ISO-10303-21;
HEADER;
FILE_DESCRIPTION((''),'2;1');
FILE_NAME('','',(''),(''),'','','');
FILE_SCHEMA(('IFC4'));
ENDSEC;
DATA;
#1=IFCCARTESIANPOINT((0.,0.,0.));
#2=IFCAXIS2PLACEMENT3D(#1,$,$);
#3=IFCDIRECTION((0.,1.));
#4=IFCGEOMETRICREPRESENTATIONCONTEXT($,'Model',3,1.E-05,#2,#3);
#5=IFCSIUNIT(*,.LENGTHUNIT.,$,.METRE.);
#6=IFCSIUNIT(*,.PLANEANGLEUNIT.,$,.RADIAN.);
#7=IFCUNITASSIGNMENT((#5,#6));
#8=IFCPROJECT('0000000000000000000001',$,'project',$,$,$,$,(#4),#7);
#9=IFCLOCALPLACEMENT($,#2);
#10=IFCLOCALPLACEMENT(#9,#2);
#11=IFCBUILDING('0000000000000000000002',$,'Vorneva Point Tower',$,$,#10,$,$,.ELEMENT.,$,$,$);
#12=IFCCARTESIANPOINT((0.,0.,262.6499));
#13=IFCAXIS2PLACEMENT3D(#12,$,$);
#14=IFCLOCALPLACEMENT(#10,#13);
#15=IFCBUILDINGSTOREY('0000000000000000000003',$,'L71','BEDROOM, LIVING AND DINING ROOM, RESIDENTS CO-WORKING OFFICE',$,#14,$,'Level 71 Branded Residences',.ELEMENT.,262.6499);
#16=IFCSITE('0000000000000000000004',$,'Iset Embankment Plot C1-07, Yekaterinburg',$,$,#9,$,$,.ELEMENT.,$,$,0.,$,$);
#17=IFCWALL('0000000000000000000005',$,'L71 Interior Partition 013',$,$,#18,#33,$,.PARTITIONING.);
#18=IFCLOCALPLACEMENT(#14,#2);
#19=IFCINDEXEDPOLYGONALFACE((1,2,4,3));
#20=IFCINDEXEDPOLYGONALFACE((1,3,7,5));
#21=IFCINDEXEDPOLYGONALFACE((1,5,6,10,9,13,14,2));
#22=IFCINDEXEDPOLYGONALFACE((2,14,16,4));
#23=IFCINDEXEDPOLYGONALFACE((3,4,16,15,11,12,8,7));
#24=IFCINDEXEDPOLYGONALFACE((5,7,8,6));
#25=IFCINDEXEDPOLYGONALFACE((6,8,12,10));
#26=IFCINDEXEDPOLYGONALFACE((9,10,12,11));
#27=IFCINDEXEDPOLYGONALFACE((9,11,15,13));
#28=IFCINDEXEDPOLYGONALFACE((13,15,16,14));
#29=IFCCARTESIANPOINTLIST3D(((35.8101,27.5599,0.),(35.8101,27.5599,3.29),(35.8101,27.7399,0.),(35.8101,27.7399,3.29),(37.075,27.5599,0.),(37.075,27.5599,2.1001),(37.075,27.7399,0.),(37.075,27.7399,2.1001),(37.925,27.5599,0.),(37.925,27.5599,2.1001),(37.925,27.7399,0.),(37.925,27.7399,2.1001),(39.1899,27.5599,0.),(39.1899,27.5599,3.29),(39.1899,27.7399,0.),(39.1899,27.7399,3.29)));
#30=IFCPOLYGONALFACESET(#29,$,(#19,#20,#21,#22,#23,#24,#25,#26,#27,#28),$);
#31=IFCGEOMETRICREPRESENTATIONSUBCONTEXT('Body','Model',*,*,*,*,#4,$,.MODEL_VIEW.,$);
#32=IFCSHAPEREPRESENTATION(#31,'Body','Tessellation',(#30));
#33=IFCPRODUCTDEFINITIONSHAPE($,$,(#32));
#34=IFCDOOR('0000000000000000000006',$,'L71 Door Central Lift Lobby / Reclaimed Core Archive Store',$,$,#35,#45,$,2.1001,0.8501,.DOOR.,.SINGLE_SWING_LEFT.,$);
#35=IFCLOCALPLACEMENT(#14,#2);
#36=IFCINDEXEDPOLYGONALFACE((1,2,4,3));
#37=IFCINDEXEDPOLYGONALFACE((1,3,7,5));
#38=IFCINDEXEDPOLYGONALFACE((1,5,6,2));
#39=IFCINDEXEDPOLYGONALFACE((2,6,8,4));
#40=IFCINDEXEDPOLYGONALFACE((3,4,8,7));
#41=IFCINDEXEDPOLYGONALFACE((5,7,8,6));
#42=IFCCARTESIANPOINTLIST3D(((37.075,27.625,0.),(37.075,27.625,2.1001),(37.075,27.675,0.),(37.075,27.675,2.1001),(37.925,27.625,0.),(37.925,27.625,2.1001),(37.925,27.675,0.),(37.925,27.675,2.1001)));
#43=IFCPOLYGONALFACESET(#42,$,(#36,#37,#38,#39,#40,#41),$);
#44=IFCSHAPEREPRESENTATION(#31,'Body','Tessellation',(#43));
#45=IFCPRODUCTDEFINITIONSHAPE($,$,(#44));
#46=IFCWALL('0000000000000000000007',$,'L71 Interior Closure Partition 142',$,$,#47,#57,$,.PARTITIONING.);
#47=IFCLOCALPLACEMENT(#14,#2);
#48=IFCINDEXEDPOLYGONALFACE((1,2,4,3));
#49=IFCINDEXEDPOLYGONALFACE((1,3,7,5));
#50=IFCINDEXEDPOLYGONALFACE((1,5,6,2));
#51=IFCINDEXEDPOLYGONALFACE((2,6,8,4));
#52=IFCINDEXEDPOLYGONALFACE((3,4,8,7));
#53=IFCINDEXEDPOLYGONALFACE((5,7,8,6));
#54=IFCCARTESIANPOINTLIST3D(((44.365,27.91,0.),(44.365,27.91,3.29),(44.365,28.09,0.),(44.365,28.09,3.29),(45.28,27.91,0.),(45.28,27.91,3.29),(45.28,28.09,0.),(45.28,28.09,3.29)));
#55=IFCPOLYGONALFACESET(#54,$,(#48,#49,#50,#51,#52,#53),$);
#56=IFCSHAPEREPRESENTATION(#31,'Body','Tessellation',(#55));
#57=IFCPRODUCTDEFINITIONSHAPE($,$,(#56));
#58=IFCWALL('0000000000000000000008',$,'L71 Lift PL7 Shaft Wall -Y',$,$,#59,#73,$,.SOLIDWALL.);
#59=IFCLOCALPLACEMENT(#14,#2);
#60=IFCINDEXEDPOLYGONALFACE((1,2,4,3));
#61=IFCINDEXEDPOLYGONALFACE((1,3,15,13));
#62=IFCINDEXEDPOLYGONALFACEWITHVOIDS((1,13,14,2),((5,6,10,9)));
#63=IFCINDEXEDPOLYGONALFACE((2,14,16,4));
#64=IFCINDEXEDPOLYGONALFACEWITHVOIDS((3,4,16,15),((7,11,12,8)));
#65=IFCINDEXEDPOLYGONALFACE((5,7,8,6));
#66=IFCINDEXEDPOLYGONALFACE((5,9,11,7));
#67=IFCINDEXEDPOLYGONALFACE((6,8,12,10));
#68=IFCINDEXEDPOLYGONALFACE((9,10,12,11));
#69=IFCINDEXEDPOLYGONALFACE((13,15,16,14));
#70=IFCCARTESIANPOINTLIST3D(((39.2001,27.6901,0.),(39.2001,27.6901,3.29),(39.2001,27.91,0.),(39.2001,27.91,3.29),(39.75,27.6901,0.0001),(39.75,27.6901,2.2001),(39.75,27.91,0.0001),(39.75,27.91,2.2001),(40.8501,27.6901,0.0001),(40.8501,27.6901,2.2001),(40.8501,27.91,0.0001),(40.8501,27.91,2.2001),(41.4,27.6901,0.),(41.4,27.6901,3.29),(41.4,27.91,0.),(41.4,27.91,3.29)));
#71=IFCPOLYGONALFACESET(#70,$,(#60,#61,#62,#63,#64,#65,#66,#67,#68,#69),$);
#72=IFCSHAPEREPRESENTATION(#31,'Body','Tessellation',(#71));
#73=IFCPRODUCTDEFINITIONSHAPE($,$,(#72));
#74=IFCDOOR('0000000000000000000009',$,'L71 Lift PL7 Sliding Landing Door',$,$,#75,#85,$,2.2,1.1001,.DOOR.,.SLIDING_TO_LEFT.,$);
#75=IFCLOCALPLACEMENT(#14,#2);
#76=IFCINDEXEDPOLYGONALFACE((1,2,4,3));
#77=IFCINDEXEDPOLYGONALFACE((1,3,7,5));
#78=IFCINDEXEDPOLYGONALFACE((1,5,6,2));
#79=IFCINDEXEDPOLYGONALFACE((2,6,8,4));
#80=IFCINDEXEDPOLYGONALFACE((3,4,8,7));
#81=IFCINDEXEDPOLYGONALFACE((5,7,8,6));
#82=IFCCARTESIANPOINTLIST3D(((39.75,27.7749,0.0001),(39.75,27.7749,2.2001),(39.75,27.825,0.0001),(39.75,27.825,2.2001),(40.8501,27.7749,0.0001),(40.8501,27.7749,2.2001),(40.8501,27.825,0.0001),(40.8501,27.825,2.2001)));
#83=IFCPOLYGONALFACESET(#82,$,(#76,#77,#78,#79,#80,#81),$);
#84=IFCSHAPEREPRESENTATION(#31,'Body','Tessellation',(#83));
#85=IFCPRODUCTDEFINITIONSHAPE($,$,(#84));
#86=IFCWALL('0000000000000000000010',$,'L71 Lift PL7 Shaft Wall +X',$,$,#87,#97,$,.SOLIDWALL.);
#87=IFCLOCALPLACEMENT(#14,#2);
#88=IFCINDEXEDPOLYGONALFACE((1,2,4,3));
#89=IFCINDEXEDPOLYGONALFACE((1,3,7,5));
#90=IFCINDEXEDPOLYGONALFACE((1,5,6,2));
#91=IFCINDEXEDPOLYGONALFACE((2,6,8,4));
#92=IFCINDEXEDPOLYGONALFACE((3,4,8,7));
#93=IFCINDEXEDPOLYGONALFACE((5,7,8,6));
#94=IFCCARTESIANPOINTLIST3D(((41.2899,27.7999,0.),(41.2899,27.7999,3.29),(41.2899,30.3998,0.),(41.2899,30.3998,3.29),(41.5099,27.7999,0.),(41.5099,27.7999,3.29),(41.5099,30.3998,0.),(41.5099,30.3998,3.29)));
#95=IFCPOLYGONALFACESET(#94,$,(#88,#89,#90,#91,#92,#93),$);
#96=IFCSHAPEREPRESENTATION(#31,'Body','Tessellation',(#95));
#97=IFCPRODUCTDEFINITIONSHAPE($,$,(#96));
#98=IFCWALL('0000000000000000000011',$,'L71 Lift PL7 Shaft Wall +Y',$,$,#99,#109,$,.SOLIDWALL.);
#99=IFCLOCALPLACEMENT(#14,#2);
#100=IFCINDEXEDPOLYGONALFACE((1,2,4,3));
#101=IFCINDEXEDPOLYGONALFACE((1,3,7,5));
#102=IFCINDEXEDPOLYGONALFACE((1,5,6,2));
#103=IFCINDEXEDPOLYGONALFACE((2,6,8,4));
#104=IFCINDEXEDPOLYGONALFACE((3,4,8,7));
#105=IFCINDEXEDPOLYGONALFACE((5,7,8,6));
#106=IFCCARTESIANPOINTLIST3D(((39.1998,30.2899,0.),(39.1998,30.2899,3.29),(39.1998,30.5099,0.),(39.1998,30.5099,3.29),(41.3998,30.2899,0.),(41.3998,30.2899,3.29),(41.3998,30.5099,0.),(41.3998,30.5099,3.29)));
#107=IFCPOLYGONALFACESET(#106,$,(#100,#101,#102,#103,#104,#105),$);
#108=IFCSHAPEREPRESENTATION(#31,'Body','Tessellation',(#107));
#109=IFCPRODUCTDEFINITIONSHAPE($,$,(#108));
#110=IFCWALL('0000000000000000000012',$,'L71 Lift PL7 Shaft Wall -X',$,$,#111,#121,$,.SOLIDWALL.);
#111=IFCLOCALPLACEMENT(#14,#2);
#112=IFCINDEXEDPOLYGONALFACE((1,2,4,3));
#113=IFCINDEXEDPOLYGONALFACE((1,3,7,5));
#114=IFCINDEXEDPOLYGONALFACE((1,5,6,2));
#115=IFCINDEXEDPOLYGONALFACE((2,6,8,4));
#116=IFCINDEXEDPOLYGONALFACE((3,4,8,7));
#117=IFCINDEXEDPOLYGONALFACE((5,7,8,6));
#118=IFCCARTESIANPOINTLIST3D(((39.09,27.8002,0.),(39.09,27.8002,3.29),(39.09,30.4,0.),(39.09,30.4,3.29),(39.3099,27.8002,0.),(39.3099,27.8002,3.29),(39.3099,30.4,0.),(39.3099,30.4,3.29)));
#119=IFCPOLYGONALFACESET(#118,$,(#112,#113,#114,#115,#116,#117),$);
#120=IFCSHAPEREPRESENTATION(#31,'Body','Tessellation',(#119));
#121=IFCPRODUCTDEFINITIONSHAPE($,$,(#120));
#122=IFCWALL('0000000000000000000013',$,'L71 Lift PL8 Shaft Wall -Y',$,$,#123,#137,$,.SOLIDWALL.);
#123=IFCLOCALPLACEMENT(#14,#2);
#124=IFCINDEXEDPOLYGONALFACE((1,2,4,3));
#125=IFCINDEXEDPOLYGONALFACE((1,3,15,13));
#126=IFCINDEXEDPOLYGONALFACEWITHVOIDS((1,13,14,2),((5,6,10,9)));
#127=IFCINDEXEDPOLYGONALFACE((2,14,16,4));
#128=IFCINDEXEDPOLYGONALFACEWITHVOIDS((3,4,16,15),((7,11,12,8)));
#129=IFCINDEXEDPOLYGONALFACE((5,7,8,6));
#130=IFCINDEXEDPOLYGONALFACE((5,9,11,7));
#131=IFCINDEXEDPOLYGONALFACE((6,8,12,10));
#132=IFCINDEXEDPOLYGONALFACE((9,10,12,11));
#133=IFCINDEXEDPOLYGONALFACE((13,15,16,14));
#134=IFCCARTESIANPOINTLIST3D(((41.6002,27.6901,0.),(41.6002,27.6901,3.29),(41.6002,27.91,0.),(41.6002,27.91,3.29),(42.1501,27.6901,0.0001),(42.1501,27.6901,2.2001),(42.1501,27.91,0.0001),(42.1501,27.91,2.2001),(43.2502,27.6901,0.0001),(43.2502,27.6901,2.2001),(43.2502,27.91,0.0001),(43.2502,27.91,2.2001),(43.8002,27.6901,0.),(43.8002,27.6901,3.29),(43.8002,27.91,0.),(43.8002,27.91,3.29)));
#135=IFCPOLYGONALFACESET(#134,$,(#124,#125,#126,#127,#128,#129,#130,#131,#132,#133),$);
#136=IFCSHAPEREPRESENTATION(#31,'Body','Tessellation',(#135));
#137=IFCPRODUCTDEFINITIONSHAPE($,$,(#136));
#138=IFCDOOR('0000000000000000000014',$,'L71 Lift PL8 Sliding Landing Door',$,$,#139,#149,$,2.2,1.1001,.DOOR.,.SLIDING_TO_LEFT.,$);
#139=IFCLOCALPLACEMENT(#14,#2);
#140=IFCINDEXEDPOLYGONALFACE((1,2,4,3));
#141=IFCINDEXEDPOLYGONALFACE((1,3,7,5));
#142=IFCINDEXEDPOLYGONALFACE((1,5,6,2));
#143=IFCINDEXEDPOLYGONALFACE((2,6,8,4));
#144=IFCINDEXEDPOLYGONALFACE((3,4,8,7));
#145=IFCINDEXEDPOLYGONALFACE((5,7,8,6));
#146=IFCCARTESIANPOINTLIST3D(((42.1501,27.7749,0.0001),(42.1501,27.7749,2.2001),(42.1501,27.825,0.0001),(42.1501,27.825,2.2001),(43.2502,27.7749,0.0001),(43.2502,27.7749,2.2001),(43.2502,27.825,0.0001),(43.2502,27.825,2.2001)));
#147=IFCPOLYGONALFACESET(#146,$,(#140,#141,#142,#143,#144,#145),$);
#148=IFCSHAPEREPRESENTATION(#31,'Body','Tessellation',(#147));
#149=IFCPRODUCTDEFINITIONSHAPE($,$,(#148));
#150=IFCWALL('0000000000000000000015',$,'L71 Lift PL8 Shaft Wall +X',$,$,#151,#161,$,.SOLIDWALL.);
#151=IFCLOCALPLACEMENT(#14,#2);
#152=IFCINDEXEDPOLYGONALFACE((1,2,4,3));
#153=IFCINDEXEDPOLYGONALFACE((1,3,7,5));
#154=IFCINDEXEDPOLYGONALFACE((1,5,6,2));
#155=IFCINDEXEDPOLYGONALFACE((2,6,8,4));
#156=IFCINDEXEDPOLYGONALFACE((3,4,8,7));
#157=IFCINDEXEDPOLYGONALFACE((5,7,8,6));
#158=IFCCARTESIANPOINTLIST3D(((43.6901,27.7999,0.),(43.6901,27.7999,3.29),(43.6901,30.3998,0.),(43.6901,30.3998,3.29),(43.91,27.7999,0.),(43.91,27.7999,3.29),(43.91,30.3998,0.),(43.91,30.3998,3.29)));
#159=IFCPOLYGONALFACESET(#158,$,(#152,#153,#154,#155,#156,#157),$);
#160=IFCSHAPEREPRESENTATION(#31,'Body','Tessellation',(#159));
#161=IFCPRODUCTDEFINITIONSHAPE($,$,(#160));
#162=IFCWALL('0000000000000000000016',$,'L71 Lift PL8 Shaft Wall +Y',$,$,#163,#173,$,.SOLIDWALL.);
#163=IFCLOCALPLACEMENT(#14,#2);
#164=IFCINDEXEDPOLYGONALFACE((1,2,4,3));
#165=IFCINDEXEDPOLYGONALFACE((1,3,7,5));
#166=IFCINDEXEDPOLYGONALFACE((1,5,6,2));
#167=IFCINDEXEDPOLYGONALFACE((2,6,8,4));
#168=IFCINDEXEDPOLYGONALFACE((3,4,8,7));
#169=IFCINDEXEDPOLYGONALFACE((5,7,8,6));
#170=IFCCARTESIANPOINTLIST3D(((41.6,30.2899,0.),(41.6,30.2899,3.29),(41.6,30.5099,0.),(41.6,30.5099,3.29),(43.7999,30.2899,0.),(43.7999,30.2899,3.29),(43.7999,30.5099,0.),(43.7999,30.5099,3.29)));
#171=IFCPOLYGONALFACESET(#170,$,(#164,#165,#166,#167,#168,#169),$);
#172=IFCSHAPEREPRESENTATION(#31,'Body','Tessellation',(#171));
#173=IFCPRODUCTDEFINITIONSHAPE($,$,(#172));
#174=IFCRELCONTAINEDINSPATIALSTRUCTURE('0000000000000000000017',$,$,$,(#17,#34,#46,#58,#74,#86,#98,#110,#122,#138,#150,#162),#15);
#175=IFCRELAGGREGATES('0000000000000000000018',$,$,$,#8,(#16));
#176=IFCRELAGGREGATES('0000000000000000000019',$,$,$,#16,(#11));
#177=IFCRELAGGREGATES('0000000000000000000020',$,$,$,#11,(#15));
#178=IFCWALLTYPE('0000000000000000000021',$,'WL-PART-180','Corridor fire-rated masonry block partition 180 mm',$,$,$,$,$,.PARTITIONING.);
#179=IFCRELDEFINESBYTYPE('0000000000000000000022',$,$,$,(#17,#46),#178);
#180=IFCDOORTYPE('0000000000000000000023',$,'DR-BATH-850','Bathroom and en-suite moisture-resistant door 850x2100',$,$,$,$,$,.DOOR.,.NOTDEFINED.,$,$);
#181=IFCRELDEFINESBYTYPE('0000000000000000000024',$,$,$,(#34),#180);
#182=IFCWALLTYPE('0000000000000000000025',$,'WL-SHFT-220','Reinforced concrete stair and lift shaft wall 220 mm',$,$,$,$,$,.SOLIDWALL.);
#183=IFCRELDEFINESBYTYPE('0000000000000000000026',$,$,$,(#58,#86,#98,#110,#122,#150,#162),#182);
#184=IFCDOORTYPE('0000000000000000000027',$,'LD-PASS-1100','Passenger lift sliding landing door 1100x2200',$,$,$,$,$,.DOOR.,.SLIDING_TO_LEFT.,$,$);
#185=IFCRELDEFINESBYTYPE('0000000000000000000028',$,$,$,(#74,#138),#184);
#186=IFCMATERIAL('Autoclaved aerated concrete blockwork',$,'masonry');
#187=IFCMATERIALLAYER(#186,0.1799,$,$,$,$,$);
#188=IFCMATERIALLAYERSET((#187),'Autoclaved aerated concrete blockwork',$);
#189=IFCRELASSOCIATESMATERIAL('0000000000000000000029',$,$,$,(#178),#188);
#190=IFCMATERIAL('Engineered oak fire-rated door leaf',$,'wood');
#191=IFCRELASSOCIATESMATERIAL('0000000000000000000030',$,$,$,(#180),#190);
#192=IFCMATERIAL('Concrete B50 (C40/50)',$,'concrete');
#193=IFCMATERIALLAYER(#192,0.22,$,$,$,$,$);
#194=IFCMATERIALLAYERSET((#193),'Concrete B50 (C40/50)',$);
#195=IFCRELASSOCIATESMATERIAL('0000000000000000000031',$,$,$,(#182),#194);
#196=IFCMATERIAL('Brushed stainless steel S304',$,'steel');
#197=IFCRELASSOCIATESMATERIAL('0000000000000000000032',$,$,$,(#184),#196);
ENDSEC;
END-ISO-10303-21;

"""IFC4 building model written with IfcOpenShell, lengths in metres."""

from ifc_helpers import new_model, si_unit, direction, frame, frame_2d, origin, place, context, subcontext, project, spatial, rectangle, extrude, material, layer, layer_set, type_object, element, fill, save


model = new_model("IFC4")

# Units and contexts
model_context = context("Model", 3, precision=1e-05, world=origin(), true_north=direction((0.0, 1.0)))
body_context = subcontext(model_context, "Body", "Model", "MODEL_VIEW")
ifc_project = project(units=[si_unit("LENGTHUNIT", "METRE"), si_unit("PLANEANGLEUNIT", "RADIAN")], contexts=[model_context])

# Site, building, storey
site_placement = place(None, origin())
site = spatial("IfcSite", under=ifc_project, at=site_placement, Name="Iset Embankment Plot C1-07, Yekaterinburg", CompositionType="ELEMENT", RefElevation=0.0)
building_placement = place(site_placement, origin())
building = spatial("IfcBuilding", under=site, at=building_placement, Name="Vorneva Point Tower", CompositionType="ELEMENT")
storey_placement = place(building_placement, frame((0.0, 0.0, 262.6499)))
storey = spatial("IfcBuildingStorey", under=building, at=storey_placement, Name="L71", Description="BEDROOM, LIVING AND DINING ROOM, RESIDENTS CO-WORKING OFFICE", LongName="Level 71 Branded Residences", CompositionType="ELEMENT", Elevation=262.6499)

# Shared definitions
ifc_material_1 = material(Name="Concrete B50 (C40/50)", Category="concrete")

# Shared definitions
ifc_material_2 = material(Name="Brushed stainless steel S304", Category="steel")

# Wall, opening, door
ifc_material_3 = material(Name="Autoclaved aerated concrete blockwork", Category="masonry")
ifc_layer_1 = layer(ifc_material_3, 0.1799)
ifc_layer_set_1 = layer_set([ifc_layer_1], Name="Autoclaved aerated concrete blockwork")
wall_type_1 = type_object("IfcWallType", Name="WL-PART-180", Description="Corridor fire-rated masonry block partition 180 mm", PredefinedType="PARTITIONING", material=ifc_layer_set_1)
wall_1_placement = place(storey_placement, frame((39.1899, 27.6499, 0.0), z_axis=(0.0, 0.0, 1.0), x_axis=(-1.0, 0.0, 0.0)))
wall_1 = element("IfcWall", 1, at=wall_1_placement, inside=storey, type_object=wall_type_1, Name="L71 Interior Partition 013", PredefinedType="PARTITIONING", context=body_context, shape_type="SweptSolid", body=[
    extrude(rectangle(XDim=3.3799, YDim=0.1799, at=frame_2d((1.6899, 0.0))), origin(), (0.0, 0.0, 1.0), 3.29),
])
opening_1_placement = place(wall_1_placement, frame((1.2649, 0.0, 0.0)))
opening_1 = element("IfcOpeningElement", 2, at=opening_1_placement, cuts=wall_1, PredefinedType="OPENING", context=body_context, shape_type="SweptSolid", body=[
    extrude(rectangle(XDim=0.8501, YDim=2.1001, at=frame_2d((0.425, 1.05))), frame((0.0, 0.105, 0.0), z_axis=(0.0, -1.0, 0.0), x_axis=(1.0, 0.0, 0.0)), (0.0, 0.0, 1.0), 0.2097),
])
ifc_material_4 = material(Name="Engineered oak fire-rated door leaf", Category="wood")
door_type_1 = type_object("IfcDoorType", Name="DR-BATH-850", Description="Bathroom and en-suite moisture-resistant door 850x2100", OperationType="NOTDEFINED", PredefinedType="DOOR", material=ifc_material_4)
door_1_placement = place(opening_1_placement, origin())
door_1 = element("IfcDoor", 3, at=door_1_placement, inside=storey, type_object=door_type_1, Name="L71 Door Central Lift Lobby / Reclaimed Core Archive Store", OperationType="SINGLE_SWING_LEFT", OverallHeight=2.1001, OverallWidth=0.8501, PredefinedType="DOOR", context=body_context, shape_type="SweptSolid", body=[
    extrude(rectangle(XDim=0.8501, YDim=2.1001, at=frame_2d((0.425, 1.05))), frame((0.0, 0.0249, 0.0), z_axis=(0.0, -1.0, 0.0), x_axis=(1.0, 0.0, 0.0)), (0.0, 0.0, 1.0), 0.05),
])
fill(opening_1, door_1)

# Wall
wall_2_placement = place(storey_placement, frame((45.28, 28.0, 0.0), z_axis=(0.0, 0.0, 1.0), x_axis=(-1.0, 0.0, 0.0)))
element("IfcWall", 4, at=wall_2_placement, inside=storey, type_object=wall_type_1, Name="L71 Interior Closure Partition 142", PredefinedType="PARTITIONING", context=body_context, shape_type="SweptSolid", body=[
    extrude(rectangle(XDim=0.915, YDim=0.1799, at=frame_2d((0.4575, 0.0))), origin(), (0.0, 0.0, 1.0), 3.29),
])

# Wall, opening, door
ifc_layer_2 = layer(ifc_material_1, 0.22)
ifc_layer_set_2 = layer_set([ifc_layer_2], Name="Concrete B50 (C40/50)")
wall_type_2 = type_object("IfcWallType", Name="WL-SHFT-220", Description="Reinforced concrete stair and lift shaft wall 220 mm", PredefinedType="SOLIDWALL", material=ifc_layer_set_2)
wall_3_placement = place(storey_placement, frame((39.2, 27.8, 0.0), z_axis=(0.0, 0.0, 1.0), x_axis=(1.0, 0.0, 0.0)))
wall_3 = element("IfcWall", 5, at=wall_3_placement, inside=storey, type_object=wall_type_2, Name="L71 Lift PL7 Shaft Wall -Y", PredefinedType="SOLIDWALL", context=body_context, shape_type="SweptSolid", body=[
    extrude(rectangle(XDim=2.2, YDim=0.22, at=frame_2d((1.1001, 0.0))), origin(), (0.0, 0.0, 1.0), 3.29),
])
opening_2_placement = place(wall_3_placement, frame((0.55, 0.0, 0.0)))
opening_2 = element("IfcOpeningElement", 6, at=opening_2_placement, cuts=wall_3, PredefinedType="OPENING", context=body_context, shape_type="SweptSolid", body=[
    extrude(rectangle(XDim=1.1001, YDim=2.2, at=frame_2d((0.55, 1.1001))), frame((0.0, 0.125, 0.0), z_axis=(0.0, -1.0, 0.0), x_axis=(1.0, 0.0, 0.0)), (0.0, 0.0, 1.0), 0.2498),
])
door_type_2 = type_object("IfcDoorType", Name="LD-PASS-1100", Description="Passenger lift sliding landing door 1100x2200", OperationType="SLIDING_TO_LEFT", PredefinedType="DOOR", material=ifc_material_2)
door_2_placement = place(opening_2_placement, origin())
door_2 = element("IfcDoor", 7, at=door_2_placement, inside=storey, type_object=door_type_2, Name="L71 Lift PL7 Sliding Landing Door", OperationType="SLIDING_TO_LEFT", OverallHeight=2.2, OverallWidth=1.1001, PredefinedType="DOOR", context=body_context, shape_type="SweptSolid", body=[
    extrude(rectangle(XDim=1.1001, YDim=2.2, at=frame_2d((0.55, 1.1001))), frame((0.0, 0.0249, 0.0), z_axis=(0.0, -1.0, 0.0), x_axis=(1.0, 0.0, 0.0)), (0.0, 0.0, 1.0), 0.05),
])
fill(opening_2, door_2)

# Walls
wall_4_placement = place(storey_placement, frame((41.3999, 27.8, 0.0), z_axis=(0.0, 0.0, 1.0), x_axis=(0.0, 1.0, 0.0)))
element("IfcWall", 8, at=wall_4_placement, inside=storey, type_object=wall_type_2, Name="L71 Lift PL7 Shaft Wall +X", PredefinedType="SOLIDWALL", context=body_context, shape_type="SweptSolid", body=[
    extrude(rectangle(XDim=2.5999, YDim=0.22, at=frame_2d((1.2998, 0.0))), origin(), (0.0, 0.0, 1.0), 3.29),
])
wall_5_placement = place(storey_placement, frame((41.3999, 30.3999, 0.0), z_axis=(0.0, 0.0, 1.0), x_axis=(-1.0, 0.0, 0.0)))
element("IfcWall", 9, at=wall_5_placement, inside=storey, type_object=wall_type_2, Name="L71 Lift PL7 Shaft Wall +Y", PredefinedType="SOLIDWALL", context=body_context, shape_type="SweptSolid", body=[
    extrude(rectangle(XDim=2.2, YDim=0.22, at=frame_2d((1.1001, 0.0))), origin(), (0.0, 0.0, 1.0), 3.29),
])
wall_6_placement = place(storey_placement, frame((39.2, 30.3999, 0.0), z_axis=(0.0, 0.0, 1.0), x_axis=(0.0, -1.0, 0.0)))
element("IfcWall", 10, at=wall_6_placement, inside=storey, type_object=wall_type_2, Name="L71 Lift PL7 Shaft Wall -X", PredefinedType="SOLIDWALL", context=body_context, shape_type="SweptSolid", body=[
    extrude(rectangle(XDim=2.5999, YDim=0.22, at=frame_2d((1.2998, 0.0))), origin(), (0.0, 0.0, 1.0), 3.29),
])

# Wall, opening, door
wall_7_placement = place(storey_placement, frame((41.6001, 27.8, 0.0), z_axis=(0.0, 0.0, 1.0), x_axis=(1.0, 0.0, 0.0)))
wall_7 = element("IfcWall", 11, at=wall_7_placement, inside=storey, type_object=wall_type_2, Name="L71 Lift PL8 Shaft Wall -Y", PredefinedType="SOLIDWALL", context=body_context, shape_type="SweptSolid", body=[
    extrude(rectangle(XDim=2.2, YDim=0.22, at=frame_2d((1.1001, 0.0))), origin(), (0.0, 0.0, 1.0), 3.29),
])
opening_3_placement = place(wall_7_placement, frame((0.55, 0.0, 0.0)))
opening_3 = element("IfcOpeningElement", 12, at=opening_3_placement, cuts=wall_7, PredefinedType="OPENING", context=body_context, shape_type="SweptSolid", body=[
    extrude(rectangle(XDim=1.1001, YDim=2.2, at=frame_2d((0.55, 1.1001))), frame((0.0, 0.125, 0.0), z_axis=(0.0, -1.0, 0.0), x_axis=(1.0, 0.0, 0.0)), (0.0, 0.0, 1.0), 0.2498),
])
door_3_placement = place(opening_3_placement, origin())
door_3 = element("IfcDoor", 13, at=door_3_placement, inside=storey, type_object=door_type_2, Name="L71 Lift PL8 Sliding Landing Door", OperationType="SLIDING_TO_LEFT", OverallHeight=2.2, OverallWidth=1.1001, PredefinedType="DOOR", context=body_context, shape_type="SweptSolid", body=[
    extrude(rectangle(XDim=1.1001, YDim=2.2, at=frame_2d((0.55, 1.1001))), frame((0.0, 0.0249, 0.0), z_axis=(0.0, -1.0, 0.0), x_axis=(1.0, 0.0, 0.0)), (0.0, 0.0, 1.0), 0.05),
])
fill(opening_3, door_3)

# Walls
wall_8_placement = place(storey_placement, frame((43.8, 27.8, 0.0), z_axis=(0.0, 0.0, 1.0), x_axis=(0.0, 1.0, 0.0)))
element("IfcWall", 14, at=wall_8_placement, inside=storey, type_object=wall_type_2, Name="L71 Lift PL8 Shaft Wall +X", PredefinedType="SOLIDWALL", context=body_context, shape_type="SweptSolid", body=[
    extrude(rectangle(XDim=2.5999, YDim=0.22, at=frame_2d((1.2998, 0.0))), origin(), (0.0, 0.0, 1.0), 3.29),
])
wall_9_placement = place(storey_placement, frame((43.8, 30.3999, 0.0), z_axis=(0.0, 0.0, 1.0), x_axis=(-1.0, 0.0, 0.0)))
element("IfcWall", 15, at=wall_9_placement, inside=storey, type_object=wall_type_2, Name="L71 Lift PL8 Shaft Wall +Y", PredefinedType="SOLIDWALL", context=body_context, shape_type="SweptSolid", body=[
    extrude(rectangle(XDim=2.2, YDim=0.22, at=frame_2d((1.1001, 0.0))), origin(), (0.0, 0.0, 1.0), 3.29),
])

save(model, "model.ifc")
